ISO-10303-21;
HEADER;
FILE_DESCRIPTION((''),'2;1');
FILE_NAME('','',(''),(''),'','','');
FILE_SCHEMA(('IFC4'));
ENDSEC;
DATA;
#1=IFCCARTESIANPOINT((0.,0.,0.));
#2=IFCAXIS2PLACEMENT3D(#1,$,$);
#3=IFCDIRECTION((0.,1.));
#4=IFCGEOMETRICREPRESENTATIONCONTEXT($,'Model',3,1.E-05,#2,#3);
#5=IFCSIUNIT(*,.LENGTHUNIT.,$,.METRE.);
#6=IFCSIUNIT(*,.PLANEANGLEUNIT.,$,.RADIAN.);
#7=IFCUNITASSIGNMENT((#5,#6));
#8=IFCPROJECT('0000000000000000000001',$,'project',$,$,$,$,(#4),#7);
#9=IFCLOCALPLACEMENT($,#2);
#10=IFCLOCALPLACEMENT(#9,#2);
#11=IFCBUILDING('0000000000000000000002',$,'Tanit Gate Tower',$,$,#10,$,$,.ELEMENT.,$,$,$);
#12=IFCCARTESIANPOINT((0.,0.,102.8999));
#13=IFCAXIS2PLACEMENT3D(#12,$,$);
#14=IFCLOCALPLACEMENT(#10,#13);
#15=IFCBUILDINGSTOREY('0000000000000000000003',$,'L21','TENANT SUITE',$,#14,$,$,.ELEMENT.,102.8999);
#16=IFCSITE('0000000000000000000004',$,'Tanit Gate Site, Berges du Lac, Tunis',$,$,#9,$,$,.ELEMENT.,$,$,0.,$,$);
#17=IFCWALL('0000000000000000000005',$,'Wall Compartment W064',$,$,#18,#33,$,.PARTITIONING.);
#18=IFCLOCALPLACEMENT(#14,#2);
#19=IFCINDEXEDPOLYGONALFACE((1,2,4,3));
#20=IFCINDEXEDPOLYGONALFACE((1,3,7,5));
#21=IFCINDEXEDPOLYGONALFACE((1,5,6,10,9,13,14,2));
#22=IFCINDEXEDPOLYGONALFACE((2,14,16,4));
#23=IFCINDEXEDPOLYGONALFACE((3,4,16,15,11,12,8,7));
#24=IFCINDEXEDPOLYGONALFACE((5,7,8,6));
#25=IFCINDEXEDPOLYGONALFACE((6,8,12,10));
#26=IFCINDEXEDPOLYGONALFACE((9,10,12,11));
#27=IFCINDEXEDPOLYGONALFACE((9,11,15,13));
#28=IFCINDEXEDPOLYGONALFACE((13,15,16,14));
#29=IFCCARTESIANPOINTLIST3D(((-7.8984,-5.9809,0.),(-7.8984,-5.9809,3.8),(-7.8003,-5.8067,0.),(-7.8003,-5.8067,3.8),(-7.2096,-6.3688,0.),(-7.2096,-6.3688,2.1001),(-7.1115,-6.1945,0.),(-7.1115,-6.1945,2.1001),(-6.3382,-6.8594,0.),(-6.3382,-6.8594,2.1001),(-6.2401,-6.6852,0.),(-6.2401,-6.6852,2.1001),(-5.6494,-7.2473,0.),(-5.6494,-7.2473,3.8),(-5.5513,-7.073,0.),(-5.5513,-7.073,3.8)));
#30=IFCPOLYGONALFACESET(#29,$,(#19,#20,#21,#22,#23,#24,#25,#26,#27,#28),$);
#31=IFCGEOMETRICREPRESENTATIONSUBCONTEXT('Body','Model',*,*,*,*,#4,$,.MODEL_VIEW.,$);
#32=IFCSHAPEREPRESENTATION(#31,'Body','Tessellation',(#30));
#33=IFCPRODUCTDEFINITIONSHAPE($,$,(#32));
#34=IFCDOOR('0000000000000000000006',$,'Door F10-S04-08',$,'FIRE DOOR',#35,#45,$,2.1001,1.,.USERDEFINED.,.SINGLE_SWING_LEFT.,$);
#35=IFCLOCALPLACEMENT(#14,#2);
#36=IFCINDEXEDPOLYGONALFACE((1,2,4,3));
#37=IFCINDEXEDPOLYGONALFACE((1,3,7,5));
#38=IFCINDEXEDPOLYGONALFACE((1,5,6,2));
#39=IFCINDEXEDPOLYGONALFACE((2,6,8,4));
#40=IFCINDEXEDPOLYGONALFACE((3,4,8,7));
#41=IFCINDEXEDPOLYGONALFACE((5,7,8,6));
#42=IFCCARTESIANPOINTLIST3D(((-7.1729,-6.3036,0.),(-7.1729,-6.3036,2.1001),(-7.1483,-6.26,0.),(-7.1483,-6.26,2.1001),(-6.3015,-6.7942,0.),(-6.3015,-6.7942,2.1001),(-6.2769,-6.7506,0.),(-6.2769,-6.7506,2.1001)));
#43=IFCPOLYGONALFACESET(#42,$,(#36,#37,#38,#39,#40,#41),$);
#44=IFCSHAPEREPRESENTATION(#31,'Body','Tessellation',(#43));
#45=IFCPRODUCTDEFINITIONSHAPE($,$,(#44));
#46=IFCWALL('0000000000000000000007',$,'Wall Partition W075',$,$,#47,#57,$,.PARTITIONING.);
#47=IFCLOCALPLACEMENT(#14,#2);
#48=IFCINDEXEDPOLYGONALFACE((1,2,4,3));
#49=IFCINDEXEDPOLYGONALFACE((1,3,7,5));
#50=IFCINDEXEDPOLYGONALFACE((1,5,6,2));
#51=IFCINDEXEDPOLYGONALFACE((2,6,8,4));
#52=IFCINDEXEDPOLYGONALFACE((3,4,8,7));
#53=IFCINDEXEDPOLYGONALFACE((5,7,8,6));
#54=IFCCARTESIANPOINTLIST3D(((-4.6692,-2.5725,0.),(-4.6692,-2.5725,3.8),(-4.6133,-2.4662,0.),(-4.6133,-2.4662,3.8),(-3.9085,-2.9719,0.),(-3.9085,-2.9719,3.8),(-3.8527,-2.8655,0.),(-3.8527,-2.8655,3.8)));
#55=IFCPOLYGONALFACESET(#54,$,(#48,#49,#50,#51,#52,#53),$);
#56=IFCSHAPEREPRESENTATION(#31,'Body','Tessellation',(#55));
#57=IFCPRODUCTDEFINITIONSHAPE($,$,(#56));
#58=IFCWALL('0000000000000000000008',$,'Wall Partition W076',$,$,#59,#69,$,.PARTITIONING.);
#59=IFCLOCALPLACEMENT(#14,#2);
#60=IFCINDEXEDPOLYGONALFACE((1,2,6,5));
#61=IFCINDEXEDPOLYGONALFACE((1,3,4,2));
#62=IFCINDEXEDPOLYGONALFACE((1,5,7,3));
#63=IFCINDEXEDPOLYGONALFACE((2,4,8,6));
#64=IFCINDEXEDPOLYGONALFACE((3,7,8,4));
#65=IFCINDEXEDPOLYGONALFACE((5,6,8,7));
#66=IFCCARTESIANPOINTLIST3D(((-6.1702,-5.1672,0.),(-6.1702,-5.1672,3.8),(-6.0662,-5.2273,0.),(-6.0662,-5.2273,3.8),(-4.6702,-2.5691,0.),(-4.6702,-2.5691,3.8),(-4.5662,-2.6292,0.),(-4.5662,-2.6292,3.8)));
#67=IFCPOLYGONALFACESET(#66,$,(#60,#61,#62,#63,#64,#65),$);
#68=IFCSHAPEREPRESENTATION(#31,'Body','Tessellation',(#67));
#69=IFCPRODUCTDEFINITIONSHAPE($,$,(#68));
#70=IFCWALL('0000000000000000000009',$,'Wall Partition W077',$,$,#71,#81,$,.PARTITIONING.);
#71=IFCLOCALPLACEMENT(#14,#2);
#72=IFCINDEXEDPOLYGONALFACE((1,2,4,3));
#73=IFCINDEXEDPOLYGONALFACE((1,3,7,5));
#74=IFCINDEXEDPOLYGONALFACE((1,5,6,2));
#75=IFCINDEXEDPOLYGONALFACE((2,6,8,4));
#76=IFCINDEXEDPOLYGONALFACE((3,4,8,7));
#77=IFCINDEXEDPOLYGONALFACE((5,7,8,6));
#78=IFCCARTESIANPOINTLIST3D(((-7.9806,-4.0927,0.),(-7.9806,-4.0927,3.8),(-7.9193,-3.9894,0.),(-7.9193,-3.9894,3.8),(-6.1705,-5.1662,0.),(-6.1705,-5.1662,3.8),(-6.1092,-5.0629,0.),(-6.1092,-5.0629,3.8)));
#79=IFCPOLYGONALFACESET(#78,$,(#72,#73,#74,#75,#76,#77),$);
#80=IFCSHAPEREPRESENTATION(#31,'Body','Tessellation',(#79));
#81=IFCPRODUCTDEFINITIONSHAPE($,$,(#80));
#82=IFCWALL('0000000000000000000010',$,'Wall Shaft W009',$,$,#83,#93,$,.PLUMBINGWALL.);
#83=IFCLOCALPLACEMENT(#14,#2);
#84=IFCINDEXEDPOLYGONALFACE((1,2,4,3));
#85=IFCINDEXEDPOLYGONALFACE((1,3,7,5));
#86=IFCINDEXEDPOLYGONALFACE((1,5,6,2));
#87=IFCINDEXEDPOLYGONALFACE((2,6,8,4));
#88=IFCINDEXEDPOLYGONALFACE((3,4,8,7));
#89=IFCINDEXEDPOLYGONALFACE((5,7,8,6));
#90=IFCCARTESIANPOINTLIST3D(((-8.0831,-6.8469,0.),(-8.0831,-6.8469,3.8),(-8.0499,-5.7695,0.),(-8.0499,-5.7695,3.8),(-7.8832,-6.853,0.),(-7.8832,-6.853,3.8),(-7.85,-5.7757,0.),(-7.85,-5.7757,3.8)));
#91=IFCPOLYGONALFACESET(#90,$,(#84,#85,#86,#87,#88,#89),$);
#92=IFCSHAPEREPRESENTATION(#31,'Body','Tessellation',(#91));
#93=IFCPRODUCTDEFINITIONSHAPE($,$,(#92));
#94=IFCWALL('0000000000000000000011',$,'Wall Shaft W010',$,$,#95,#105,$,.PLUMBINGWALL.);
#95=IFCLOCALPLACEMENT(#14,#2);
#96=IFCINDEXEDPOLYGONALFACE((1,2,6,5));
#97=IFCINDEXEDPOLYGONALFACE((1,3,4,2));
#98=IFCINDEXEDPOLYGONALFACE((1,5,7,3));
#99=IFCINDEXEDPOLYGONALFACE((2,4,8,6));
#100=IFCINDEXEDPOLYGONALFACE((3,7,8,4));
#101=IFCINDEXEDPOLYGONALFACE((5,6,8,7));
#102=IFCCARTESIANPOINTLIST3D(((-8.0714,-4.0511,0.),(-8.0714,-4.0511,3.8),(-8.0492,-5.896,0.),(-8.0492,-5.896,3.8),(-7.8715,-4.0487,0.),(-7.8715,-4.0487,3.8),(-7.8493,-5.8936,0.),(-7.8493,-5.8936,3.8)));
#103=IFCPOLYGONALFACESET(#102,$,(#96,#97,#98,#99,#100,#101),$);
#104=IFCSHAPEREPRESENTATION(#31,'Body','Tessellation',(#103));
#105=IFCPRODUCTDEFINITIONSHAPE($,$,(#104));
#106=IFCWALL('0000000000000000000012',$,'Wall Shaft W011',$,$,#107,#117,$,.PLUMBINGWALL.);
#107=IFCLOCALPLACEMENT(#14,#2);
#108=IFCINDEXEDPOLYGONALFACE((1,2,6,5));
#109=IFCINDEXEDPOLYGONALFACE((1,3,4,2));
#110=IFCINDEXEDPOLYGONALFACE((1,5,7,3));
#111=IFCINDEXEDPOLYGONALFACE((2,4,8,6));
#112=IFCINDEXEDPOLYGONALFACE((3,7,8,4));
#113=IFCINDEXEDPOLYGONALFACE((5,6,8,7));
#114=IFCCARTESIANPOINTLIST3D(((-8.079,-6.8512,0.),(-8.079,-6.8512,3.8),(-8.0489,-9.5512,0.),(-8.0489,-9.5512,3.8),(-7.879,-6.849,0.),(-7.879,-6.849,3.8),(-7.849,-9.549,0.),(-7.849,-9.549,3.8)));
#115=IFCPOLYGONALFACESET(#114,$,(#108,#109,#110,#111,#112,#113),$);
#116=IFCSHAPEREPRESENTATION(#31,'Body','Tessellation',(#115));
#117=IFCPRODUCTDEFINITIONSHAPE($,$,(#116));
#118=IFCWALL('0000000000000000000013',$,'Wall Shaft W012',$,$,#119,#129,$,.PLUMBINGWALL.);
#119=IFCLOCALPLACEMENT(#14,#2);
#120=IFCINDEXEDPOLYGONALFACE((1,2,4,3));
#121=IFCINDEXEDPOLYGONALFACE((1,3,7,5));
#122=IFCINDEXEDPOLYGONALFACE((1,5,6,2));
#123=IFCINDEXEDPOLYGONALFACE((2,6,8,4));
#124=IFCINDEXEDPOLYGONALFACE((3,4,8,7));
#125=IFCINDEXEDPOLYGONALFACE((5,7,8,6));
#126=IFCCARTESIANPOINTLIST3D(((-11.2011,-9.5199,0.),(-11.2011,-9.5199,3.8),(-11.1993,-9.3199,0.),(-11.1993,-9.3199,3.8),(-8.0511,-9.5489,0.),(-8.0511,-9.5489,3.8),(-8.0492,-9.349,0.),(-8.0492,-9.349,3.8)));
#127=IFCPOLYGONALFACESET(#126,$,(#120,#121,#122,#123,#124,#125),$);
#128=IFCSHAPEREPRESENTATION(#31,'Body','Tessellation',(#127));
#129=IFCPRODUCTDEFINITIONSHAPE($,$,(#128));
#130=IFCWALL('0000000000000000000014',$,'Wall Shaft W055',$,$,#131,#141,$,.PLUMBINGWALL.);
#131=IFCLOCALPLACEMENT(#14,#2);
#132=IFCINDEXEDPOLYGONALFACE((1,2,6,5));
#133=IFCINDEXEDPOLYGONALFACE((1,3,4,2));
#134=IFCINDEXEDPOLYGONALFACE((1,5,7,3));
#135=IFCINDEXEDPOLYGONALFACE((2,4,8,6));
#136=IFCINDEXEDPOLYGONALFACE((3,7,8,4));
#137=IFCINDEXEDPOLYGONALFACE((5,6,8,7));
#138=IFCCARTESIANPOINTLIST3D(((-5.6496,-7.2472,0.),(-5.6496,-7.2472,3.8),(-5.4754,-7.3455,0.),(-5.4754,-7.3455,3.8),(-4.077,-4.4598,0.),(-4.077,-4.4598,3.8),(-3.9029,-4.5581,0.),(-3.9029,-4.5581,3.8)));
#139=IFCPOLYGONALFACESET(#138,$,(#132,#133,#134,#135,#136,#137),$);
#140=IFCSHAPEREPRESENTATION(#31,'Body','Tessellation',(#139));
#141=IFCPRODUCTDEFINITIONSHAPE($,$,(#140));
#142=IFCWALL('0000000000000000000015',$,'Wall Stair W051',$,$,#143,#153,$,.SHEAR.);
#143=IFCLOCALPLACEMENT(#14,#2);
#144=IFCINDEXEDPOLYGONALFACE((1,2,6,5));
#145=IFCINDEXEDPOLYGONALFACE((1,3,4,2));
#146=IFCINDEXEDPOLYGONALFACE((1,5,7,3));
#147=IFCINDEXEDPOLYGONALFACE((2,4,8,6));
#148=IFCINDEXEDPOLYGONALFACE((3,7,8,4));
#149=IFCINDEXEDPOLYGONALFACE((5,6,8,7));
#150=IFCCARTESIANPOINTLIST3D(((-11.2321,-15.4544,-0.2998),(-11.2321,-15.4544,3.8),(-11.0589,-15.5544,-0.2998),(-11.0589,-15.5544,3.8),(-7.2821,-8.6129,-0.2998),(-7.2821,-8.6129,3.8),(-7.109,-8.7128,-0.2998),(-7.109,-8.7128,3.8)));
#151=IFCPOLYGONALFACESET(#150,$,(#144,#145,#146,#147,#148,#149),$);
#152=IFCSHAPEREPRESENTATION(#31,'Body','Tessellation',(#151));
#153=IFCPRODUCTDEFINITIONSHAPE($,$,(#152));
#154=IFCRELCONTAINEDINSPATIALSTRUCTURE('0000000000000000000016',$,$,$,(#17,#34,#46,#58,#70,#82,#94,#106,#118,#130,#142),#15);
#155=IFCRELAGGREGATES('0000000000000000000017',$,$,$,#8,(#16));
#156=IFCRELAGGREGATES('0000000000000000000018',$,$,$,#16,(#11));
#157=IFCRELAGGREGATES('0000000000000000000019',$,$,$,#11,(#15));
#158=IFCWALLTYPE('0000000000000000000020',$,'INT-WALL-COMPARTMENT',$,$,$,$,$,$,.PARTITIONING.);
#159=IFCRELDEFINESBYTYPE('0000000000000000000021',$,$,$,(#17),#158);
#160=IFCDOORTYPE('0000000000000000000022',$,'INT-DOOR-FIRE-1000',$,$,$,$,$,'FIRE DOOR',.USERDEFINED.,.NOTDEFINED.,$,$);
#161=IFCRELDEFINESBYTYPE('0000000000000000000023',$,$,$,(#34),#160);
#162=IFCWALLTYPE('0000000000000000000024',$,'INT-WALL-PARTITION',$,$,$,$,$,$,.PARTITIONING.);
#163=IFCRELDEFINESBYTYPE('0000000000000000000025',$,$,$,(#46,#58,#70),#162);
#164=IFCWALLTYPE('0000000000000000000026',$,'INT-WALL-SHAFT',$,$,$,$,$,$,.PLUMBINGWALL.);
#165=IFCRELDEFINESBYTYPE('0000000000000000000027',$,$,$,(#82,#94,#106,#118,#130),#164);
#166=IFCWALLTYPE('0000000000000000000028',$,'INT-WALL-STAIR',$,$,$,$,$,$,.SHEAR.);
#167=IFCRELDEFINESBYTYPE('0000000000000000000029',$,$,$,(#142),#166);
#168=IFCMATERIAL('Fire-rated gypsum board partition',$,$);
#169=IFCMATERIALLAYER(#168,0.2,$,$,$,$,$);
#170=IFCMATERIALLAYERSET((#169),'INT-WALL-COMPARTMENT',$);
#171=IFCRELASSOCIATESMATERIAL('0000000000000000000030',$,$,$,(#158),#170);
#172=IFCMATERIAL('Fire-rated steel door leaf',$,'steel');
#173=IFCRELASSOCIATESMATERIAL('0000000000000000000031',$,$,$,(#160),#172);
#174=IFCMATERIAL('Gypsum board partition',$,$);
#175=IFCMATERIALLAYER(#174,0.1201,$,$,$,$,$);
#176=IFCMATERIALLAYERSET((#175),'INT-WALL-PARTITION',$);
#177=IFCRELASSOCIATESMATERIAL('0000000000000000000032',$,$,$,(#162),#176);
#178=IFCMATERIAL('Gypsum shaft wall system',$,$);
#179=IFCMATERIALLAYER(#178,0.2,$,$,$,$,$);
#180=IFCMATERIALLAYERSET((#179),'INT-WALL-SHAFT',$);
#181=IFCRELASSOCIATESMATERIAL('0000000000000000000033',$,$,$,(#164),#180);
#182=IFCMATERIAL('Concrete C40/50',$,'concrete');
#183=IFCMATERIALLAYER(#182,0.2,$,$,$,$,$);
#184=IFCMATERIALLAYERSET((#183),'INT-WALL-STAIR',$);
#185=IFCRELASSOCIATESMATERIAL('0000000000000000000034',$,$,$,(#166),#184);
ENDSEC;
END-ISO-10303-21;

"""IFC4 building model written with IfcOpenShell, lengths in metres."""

from ifc_helpers import new_model, si_unit, direction, frame, frame_2d, origin, place, context, subcontext, project, spatial, rectangle, extrude, material, layer, layer_set, type_object, element, fill, save


model = new_model("IFC4")

# Units and contexts
model_context = context("Model", 3, precision=1e-05, world=origin(), true_north=direction((0.0, 1.0)))
body_context = subcontext(model_context, "Body", "Model", "MODEL_VIEW")
ifc_project = project(units=[si_unit("LENGTHUNIT", "METRE"), si_unit("PLANEANGLEUNIT", "RADIAN")], contexts=[model_context])

# Site, building, storey
site_placement = place(None, origin())
site = spatial("IfcSite", under=ifc_project, at=site_placement, Name="Tanit Gate Site, Berges du Lac, Tunis", CompositionType="ELEMENT", RefElevation=0.0)
building_placement = place(site_placement, origin())
building = spatial("IfcBuilding", under=site, at=building_placement, Name="Tanit Gate Tower", CompositionType="ELEMENT")
storey_placement = place(building_placement, frame((0.0, 0.0, 102.8999)))
storey = spatial("IfcBuildingStorey", under=building, at=storey_placement, Name="L21", Description="TENANT SUITE", CompositionType="ELEMENT", Elevation=102.8999)

# Wall, opening, door
ifc_material_1 = material(Name="Fire-rated gypsum board partition")
ifc_layer_1 = layer(ifc_material_1, 0.2)
ifc_layer_set_1 = layer_set([ifc_layer_1], Name="INT-WALL-COMPARTMENT")
wall_type_1 = type_object("IfcWallType", Name="INT-WALL-COMPARTMENT", PredefinedType="PARTITIONING", material=ifc_layer_set_1)
wall_1_placement = place(storey_placement, frame((-7.8494, -5.8938, 0.0), z_axis=(0.0, 0.0, 1.0), x_axis=(0.871363, -0.490638, 0.0)))
wall_1 = element("IfcWall", 1, at=wall_1_placement, inside=storey, type_object=wall_type_1, Name="Wall Compartment W064", PredefinedType="PARTITIONING", context=body_context, shape_type="SweptSolid", body=[
    extrude(rectangle(XDim=2.5811, YDim=0.2, at=frame_2d((1.2905, 0.0))), origin(), (0.0, 0.0, 1.0), 3.8),
])
opening_placement = place(wall_1_placement, frame((0.7905, 0.0, 0.0)))
opening = element("IfcOpeningElement", 2, at=opening_placement, cuts=wall_1, PredefinedType="OPENING", context=body_context, shape_type="SweptSolid", body=[
    extrude(rectangle(XDim=1.0, YDim=2.1001, at=frame_2d((0.5, 1.05))), frame((0.0, 0.1099, 0.0), z_axis=(0.0, -1.0, 0.0), x_axis=(1.0, 0.0, 0.0)), (0.0, 0.0, 1.0), 0.22),
])
ifc_material_2 = material(Name="Fire-rated steel door leaf", Category="steel")
door_type = type_object("IfcDoorType", Name="INT-DOOR-FIRE-1000", ElementType="FIRE DOOR", OperationType="NOTDEFINED", PredefinedType="USERDEFINED", material=ifc_material_2)
door_placement = place(opening_placement, origin())
door = element("IfcDoor", 3, at=door_placement, inside=storey, type_object=door_type, Name="Door F10-S04-08", ObjectType="FIRE DOOR", OperationType="SINGLE_SWING_LEFT", OverallHeight=2.1001, OverallWidth=1.0, PredefinedType="USERDEFINED", context=body_context, shape_type="SweptSolid", body=[
    extrude(rectangle(XDim=1.0, YDim=2.1001, at=frame_2d((0.5, 1.05))), frame((0.0, 0.0249, 0.0), z_axis=(0.0, -1.0, 0.0), x_axis=(1.0, 0.0, 0.0)), (0.0, 0.0, 1.0), 0.05),
])
fill(opening, door)

# Walls
ifc_material_3 = material(Name="Gypsum board partition")
ifc_layer_2 = layer(ifc_material_3, 0.1201)
ifc_layer_set_2 = layer_set([ifc_layer_2], Name="INT-WALL-PARTITION")
wall_type_2 = type_object("IfcWallType", Name="INT-WALL-PARTITION", PredefinedType="PARTITIONING", material=ifc_layer_set_2)
wall_2_placement = place(storey_placement, frame((-4.6414, -2.5193, 0.0), z_axis=(0.0, 0.0, 1.0), x_axis=(0.885386, -0.464856, 0.0)))
element("IfcWall", 4, at=wall_2_placement, inside=storey, type_object=wall_type_2, Name="Wall Partition W075", PredefinedType="PARTITIONING", context=body_context, shape_type="SweptSolid", body=[
    extrude(rectangle(XDim=0.8591, YDim=0.1201, at=frame_2d((0.4297, 0.0))), origin(), (0.0, 0.0, 1.0), 3.8),
])
wall_3_placement = place(storey_placement, frame((-6.1182, -5.1973, 0.0), z_axis=(0.0, 0.0, 1.0), x_axis=(0.49999, 0.866031, 0.0)))
element("IfcWall", 5, at=wall_3_placement, inside=storey, type_object=wall_type_2, Name="Wall Partition W076", PredefinedType="PARTITIONING", context=body_context, shape_type="SweptSolid", body=[
    extrude(rectangle(XDim=3.0, YDim=0.1201, at=frame_2d((1.5, 0.0))), origin(), (0.0, 0.0, 1.0), 3.8),
])
wall_4_placement = place(storey_placement, frame((-7.95, -4.041, 0.0), z_axis=(0.0, 0.0, 1.0), x_axis=(0.860112, -0.510104, 0.0)))
element("IfcWall", 6, at=wall_4_placement, inside=storey, type_object=wall_type_2, Name="Wall Partition W077", PredefinedType="PARTITIONING", context=body_context, shape_type="SweptSolid", body=[
    extrude(rectangle(XDim=2.1045, YDim=0.1201, at=frame_2d((1.0522, 0.0))), origin(), (0.0, 0.0, 1.0), 3.8),
])
ifc_material_4 = material(Name="Gypsum shaft wall system")
ifc_layer_3 = layer(ifc_material_4, 0.2)
ifc_layer_set_3 = layer_set([ifc_layer_3], Name="INT-WALL-SHAFT")
wall_type_3 = type_object("IfcWallType", Name="INT-WALL-SHAFT", PredefinedType="PLUMBINGWALL", material=ifc_layer_set_3)
wall_5_placement = place(storey_placement, frame((-7.95, -5.7725, 0.0), z_axis=(0.0, 0.0, 1.0), x_axis=(-0.030803, -0.999525, 0.0)))
element("IfcWall", 7, at=wall_5_placement, inside=storey, type_object=wall_type_3, Name="Wall Shaft W009", PredefinedType="PLUMBINGWALL", context=body_context, shape_type="SweptSolid", body=[
    extrude(rectangle(XDim=1.0779, YDim=0.2, at=frame_2d((0.5391, 0.0))), origin(), (0.0, 0.0, 1.0), 3.8),
])
wall_6_placement = place(storey_placement, frame((-7.9714, -4.05, 0.0), z_axis=(0.0, 0.0, 1.0), x_axis=(0.012043, -0.999927, 0.0)))
element("IfcWall", 8, at=wall_6_placement, inside=storey, type_object=wall_type_3, Name="Wall Shaft W010", PredefinedType="PLUMBINGWALL", context=body_context, shape_type="SweptSolid", body=[
    extrude(rectangle(XDim=1.845, YDim=0.2, at=frame_2d((0.9224, 0.0))), origin(), (0.0, 0.0, 1.0), 3.8),
])
wall_7_placement = place(storey_placement, frame((-7.979, -6.8501, 0.0), z_axis=(0.0, 0.0, 1.0), x_axis=(0.011121, -0.999938, 0.0)))
element("IfcWall", 9, at=wall_7_placement, inside=storey, type_object=wall_type_3, Name="Wall Shaft W011", PredefinedType="PLUMBINGWALL", context=body_context, shape_type="SweptSolid", body=[
    extrude(rectangle(XDim=2.7002, YDim=0.2, at=frame_2d((1.3501, 0.0))), origin(), (0.0, 0.0, 1.0), 3.8),
])
wall_8_placement = place(storey_placement, frame((-8.05, -9.449, 0.0), z_axis=(0.0, 0.0, 1.0), x_axis=(-0.999957, 0.009223, 0.0)))
element("IfcWall", 10, at=wall_8_placement, inside=storey, type_object=wall_type_3, Name="Wall Shaft W012", PredefinedType="PLUMBINGWALL", context=body_context, shape_type="SweptSolid", body=[
    extrude(rectangle(XDim=3.1501, YDim=0.2, at=frame_2d((1.5752, 0.0))), origin(), (0.0, 0.0, 1.0), 3.8),
])
wall_9_placement = place(storey_placement, frame((-3.99, -4.509, 0.0), z_axis=(0.0, 0.0, 1.0), x_axis=(-0.491358, -0.870958, 0.0)))
element("IfcWall", 11, at=wall_9_placement, inside=storey, type_object=wall_type_3, Name="Wall Shaft W055", PredefinedType="PLUMBINGWALL", context=body_context, shape_type="SweptSolid", body=[
    extrude(rectangle(XDim=3.2004, YDim=0.2, at=frame_2d((1.6001, 0.0))), origin(), (0.0, 0.0, 1.0), 3.8),
])
ifc_material_5 = material(Name="Concrete C40/50", Category="concrete")
ifc_layer_4 = layer(ifc_material_5, 0.2)
ifc_layer_set_4 = layer_set([ifc_layer_4], Name="INT-WALL-STAIR")
wall_type_4 = type_object("IfcWallType", Name="INT-WALL-STAIR", PredefinedType="SHEAR", material=ifc_layer_set_4)
wall_10_placement = place(storey_placement, frame((-7.1956, -8.6628, -0.2998), z_axis=(0.0, 0.0, 1.0), x_axis=(-0.499998, -0.866027, 0.0)))
element("IfcWall", 12, at=wall_10_placement, inside=storey, type_object=wall_type_4, Name="Wall Stair W051", PredefinedType="SHEAR", context=body_context, shape_type="SweptSolid", body=[
    extrude(rectangle(XDim=7.8999, YDim=0.2, at=frame_2d((3.95, 0.0))), origin(), (0.0, 0.0, 1.0), 4.0999),
])

save(model, "model.ifc")
